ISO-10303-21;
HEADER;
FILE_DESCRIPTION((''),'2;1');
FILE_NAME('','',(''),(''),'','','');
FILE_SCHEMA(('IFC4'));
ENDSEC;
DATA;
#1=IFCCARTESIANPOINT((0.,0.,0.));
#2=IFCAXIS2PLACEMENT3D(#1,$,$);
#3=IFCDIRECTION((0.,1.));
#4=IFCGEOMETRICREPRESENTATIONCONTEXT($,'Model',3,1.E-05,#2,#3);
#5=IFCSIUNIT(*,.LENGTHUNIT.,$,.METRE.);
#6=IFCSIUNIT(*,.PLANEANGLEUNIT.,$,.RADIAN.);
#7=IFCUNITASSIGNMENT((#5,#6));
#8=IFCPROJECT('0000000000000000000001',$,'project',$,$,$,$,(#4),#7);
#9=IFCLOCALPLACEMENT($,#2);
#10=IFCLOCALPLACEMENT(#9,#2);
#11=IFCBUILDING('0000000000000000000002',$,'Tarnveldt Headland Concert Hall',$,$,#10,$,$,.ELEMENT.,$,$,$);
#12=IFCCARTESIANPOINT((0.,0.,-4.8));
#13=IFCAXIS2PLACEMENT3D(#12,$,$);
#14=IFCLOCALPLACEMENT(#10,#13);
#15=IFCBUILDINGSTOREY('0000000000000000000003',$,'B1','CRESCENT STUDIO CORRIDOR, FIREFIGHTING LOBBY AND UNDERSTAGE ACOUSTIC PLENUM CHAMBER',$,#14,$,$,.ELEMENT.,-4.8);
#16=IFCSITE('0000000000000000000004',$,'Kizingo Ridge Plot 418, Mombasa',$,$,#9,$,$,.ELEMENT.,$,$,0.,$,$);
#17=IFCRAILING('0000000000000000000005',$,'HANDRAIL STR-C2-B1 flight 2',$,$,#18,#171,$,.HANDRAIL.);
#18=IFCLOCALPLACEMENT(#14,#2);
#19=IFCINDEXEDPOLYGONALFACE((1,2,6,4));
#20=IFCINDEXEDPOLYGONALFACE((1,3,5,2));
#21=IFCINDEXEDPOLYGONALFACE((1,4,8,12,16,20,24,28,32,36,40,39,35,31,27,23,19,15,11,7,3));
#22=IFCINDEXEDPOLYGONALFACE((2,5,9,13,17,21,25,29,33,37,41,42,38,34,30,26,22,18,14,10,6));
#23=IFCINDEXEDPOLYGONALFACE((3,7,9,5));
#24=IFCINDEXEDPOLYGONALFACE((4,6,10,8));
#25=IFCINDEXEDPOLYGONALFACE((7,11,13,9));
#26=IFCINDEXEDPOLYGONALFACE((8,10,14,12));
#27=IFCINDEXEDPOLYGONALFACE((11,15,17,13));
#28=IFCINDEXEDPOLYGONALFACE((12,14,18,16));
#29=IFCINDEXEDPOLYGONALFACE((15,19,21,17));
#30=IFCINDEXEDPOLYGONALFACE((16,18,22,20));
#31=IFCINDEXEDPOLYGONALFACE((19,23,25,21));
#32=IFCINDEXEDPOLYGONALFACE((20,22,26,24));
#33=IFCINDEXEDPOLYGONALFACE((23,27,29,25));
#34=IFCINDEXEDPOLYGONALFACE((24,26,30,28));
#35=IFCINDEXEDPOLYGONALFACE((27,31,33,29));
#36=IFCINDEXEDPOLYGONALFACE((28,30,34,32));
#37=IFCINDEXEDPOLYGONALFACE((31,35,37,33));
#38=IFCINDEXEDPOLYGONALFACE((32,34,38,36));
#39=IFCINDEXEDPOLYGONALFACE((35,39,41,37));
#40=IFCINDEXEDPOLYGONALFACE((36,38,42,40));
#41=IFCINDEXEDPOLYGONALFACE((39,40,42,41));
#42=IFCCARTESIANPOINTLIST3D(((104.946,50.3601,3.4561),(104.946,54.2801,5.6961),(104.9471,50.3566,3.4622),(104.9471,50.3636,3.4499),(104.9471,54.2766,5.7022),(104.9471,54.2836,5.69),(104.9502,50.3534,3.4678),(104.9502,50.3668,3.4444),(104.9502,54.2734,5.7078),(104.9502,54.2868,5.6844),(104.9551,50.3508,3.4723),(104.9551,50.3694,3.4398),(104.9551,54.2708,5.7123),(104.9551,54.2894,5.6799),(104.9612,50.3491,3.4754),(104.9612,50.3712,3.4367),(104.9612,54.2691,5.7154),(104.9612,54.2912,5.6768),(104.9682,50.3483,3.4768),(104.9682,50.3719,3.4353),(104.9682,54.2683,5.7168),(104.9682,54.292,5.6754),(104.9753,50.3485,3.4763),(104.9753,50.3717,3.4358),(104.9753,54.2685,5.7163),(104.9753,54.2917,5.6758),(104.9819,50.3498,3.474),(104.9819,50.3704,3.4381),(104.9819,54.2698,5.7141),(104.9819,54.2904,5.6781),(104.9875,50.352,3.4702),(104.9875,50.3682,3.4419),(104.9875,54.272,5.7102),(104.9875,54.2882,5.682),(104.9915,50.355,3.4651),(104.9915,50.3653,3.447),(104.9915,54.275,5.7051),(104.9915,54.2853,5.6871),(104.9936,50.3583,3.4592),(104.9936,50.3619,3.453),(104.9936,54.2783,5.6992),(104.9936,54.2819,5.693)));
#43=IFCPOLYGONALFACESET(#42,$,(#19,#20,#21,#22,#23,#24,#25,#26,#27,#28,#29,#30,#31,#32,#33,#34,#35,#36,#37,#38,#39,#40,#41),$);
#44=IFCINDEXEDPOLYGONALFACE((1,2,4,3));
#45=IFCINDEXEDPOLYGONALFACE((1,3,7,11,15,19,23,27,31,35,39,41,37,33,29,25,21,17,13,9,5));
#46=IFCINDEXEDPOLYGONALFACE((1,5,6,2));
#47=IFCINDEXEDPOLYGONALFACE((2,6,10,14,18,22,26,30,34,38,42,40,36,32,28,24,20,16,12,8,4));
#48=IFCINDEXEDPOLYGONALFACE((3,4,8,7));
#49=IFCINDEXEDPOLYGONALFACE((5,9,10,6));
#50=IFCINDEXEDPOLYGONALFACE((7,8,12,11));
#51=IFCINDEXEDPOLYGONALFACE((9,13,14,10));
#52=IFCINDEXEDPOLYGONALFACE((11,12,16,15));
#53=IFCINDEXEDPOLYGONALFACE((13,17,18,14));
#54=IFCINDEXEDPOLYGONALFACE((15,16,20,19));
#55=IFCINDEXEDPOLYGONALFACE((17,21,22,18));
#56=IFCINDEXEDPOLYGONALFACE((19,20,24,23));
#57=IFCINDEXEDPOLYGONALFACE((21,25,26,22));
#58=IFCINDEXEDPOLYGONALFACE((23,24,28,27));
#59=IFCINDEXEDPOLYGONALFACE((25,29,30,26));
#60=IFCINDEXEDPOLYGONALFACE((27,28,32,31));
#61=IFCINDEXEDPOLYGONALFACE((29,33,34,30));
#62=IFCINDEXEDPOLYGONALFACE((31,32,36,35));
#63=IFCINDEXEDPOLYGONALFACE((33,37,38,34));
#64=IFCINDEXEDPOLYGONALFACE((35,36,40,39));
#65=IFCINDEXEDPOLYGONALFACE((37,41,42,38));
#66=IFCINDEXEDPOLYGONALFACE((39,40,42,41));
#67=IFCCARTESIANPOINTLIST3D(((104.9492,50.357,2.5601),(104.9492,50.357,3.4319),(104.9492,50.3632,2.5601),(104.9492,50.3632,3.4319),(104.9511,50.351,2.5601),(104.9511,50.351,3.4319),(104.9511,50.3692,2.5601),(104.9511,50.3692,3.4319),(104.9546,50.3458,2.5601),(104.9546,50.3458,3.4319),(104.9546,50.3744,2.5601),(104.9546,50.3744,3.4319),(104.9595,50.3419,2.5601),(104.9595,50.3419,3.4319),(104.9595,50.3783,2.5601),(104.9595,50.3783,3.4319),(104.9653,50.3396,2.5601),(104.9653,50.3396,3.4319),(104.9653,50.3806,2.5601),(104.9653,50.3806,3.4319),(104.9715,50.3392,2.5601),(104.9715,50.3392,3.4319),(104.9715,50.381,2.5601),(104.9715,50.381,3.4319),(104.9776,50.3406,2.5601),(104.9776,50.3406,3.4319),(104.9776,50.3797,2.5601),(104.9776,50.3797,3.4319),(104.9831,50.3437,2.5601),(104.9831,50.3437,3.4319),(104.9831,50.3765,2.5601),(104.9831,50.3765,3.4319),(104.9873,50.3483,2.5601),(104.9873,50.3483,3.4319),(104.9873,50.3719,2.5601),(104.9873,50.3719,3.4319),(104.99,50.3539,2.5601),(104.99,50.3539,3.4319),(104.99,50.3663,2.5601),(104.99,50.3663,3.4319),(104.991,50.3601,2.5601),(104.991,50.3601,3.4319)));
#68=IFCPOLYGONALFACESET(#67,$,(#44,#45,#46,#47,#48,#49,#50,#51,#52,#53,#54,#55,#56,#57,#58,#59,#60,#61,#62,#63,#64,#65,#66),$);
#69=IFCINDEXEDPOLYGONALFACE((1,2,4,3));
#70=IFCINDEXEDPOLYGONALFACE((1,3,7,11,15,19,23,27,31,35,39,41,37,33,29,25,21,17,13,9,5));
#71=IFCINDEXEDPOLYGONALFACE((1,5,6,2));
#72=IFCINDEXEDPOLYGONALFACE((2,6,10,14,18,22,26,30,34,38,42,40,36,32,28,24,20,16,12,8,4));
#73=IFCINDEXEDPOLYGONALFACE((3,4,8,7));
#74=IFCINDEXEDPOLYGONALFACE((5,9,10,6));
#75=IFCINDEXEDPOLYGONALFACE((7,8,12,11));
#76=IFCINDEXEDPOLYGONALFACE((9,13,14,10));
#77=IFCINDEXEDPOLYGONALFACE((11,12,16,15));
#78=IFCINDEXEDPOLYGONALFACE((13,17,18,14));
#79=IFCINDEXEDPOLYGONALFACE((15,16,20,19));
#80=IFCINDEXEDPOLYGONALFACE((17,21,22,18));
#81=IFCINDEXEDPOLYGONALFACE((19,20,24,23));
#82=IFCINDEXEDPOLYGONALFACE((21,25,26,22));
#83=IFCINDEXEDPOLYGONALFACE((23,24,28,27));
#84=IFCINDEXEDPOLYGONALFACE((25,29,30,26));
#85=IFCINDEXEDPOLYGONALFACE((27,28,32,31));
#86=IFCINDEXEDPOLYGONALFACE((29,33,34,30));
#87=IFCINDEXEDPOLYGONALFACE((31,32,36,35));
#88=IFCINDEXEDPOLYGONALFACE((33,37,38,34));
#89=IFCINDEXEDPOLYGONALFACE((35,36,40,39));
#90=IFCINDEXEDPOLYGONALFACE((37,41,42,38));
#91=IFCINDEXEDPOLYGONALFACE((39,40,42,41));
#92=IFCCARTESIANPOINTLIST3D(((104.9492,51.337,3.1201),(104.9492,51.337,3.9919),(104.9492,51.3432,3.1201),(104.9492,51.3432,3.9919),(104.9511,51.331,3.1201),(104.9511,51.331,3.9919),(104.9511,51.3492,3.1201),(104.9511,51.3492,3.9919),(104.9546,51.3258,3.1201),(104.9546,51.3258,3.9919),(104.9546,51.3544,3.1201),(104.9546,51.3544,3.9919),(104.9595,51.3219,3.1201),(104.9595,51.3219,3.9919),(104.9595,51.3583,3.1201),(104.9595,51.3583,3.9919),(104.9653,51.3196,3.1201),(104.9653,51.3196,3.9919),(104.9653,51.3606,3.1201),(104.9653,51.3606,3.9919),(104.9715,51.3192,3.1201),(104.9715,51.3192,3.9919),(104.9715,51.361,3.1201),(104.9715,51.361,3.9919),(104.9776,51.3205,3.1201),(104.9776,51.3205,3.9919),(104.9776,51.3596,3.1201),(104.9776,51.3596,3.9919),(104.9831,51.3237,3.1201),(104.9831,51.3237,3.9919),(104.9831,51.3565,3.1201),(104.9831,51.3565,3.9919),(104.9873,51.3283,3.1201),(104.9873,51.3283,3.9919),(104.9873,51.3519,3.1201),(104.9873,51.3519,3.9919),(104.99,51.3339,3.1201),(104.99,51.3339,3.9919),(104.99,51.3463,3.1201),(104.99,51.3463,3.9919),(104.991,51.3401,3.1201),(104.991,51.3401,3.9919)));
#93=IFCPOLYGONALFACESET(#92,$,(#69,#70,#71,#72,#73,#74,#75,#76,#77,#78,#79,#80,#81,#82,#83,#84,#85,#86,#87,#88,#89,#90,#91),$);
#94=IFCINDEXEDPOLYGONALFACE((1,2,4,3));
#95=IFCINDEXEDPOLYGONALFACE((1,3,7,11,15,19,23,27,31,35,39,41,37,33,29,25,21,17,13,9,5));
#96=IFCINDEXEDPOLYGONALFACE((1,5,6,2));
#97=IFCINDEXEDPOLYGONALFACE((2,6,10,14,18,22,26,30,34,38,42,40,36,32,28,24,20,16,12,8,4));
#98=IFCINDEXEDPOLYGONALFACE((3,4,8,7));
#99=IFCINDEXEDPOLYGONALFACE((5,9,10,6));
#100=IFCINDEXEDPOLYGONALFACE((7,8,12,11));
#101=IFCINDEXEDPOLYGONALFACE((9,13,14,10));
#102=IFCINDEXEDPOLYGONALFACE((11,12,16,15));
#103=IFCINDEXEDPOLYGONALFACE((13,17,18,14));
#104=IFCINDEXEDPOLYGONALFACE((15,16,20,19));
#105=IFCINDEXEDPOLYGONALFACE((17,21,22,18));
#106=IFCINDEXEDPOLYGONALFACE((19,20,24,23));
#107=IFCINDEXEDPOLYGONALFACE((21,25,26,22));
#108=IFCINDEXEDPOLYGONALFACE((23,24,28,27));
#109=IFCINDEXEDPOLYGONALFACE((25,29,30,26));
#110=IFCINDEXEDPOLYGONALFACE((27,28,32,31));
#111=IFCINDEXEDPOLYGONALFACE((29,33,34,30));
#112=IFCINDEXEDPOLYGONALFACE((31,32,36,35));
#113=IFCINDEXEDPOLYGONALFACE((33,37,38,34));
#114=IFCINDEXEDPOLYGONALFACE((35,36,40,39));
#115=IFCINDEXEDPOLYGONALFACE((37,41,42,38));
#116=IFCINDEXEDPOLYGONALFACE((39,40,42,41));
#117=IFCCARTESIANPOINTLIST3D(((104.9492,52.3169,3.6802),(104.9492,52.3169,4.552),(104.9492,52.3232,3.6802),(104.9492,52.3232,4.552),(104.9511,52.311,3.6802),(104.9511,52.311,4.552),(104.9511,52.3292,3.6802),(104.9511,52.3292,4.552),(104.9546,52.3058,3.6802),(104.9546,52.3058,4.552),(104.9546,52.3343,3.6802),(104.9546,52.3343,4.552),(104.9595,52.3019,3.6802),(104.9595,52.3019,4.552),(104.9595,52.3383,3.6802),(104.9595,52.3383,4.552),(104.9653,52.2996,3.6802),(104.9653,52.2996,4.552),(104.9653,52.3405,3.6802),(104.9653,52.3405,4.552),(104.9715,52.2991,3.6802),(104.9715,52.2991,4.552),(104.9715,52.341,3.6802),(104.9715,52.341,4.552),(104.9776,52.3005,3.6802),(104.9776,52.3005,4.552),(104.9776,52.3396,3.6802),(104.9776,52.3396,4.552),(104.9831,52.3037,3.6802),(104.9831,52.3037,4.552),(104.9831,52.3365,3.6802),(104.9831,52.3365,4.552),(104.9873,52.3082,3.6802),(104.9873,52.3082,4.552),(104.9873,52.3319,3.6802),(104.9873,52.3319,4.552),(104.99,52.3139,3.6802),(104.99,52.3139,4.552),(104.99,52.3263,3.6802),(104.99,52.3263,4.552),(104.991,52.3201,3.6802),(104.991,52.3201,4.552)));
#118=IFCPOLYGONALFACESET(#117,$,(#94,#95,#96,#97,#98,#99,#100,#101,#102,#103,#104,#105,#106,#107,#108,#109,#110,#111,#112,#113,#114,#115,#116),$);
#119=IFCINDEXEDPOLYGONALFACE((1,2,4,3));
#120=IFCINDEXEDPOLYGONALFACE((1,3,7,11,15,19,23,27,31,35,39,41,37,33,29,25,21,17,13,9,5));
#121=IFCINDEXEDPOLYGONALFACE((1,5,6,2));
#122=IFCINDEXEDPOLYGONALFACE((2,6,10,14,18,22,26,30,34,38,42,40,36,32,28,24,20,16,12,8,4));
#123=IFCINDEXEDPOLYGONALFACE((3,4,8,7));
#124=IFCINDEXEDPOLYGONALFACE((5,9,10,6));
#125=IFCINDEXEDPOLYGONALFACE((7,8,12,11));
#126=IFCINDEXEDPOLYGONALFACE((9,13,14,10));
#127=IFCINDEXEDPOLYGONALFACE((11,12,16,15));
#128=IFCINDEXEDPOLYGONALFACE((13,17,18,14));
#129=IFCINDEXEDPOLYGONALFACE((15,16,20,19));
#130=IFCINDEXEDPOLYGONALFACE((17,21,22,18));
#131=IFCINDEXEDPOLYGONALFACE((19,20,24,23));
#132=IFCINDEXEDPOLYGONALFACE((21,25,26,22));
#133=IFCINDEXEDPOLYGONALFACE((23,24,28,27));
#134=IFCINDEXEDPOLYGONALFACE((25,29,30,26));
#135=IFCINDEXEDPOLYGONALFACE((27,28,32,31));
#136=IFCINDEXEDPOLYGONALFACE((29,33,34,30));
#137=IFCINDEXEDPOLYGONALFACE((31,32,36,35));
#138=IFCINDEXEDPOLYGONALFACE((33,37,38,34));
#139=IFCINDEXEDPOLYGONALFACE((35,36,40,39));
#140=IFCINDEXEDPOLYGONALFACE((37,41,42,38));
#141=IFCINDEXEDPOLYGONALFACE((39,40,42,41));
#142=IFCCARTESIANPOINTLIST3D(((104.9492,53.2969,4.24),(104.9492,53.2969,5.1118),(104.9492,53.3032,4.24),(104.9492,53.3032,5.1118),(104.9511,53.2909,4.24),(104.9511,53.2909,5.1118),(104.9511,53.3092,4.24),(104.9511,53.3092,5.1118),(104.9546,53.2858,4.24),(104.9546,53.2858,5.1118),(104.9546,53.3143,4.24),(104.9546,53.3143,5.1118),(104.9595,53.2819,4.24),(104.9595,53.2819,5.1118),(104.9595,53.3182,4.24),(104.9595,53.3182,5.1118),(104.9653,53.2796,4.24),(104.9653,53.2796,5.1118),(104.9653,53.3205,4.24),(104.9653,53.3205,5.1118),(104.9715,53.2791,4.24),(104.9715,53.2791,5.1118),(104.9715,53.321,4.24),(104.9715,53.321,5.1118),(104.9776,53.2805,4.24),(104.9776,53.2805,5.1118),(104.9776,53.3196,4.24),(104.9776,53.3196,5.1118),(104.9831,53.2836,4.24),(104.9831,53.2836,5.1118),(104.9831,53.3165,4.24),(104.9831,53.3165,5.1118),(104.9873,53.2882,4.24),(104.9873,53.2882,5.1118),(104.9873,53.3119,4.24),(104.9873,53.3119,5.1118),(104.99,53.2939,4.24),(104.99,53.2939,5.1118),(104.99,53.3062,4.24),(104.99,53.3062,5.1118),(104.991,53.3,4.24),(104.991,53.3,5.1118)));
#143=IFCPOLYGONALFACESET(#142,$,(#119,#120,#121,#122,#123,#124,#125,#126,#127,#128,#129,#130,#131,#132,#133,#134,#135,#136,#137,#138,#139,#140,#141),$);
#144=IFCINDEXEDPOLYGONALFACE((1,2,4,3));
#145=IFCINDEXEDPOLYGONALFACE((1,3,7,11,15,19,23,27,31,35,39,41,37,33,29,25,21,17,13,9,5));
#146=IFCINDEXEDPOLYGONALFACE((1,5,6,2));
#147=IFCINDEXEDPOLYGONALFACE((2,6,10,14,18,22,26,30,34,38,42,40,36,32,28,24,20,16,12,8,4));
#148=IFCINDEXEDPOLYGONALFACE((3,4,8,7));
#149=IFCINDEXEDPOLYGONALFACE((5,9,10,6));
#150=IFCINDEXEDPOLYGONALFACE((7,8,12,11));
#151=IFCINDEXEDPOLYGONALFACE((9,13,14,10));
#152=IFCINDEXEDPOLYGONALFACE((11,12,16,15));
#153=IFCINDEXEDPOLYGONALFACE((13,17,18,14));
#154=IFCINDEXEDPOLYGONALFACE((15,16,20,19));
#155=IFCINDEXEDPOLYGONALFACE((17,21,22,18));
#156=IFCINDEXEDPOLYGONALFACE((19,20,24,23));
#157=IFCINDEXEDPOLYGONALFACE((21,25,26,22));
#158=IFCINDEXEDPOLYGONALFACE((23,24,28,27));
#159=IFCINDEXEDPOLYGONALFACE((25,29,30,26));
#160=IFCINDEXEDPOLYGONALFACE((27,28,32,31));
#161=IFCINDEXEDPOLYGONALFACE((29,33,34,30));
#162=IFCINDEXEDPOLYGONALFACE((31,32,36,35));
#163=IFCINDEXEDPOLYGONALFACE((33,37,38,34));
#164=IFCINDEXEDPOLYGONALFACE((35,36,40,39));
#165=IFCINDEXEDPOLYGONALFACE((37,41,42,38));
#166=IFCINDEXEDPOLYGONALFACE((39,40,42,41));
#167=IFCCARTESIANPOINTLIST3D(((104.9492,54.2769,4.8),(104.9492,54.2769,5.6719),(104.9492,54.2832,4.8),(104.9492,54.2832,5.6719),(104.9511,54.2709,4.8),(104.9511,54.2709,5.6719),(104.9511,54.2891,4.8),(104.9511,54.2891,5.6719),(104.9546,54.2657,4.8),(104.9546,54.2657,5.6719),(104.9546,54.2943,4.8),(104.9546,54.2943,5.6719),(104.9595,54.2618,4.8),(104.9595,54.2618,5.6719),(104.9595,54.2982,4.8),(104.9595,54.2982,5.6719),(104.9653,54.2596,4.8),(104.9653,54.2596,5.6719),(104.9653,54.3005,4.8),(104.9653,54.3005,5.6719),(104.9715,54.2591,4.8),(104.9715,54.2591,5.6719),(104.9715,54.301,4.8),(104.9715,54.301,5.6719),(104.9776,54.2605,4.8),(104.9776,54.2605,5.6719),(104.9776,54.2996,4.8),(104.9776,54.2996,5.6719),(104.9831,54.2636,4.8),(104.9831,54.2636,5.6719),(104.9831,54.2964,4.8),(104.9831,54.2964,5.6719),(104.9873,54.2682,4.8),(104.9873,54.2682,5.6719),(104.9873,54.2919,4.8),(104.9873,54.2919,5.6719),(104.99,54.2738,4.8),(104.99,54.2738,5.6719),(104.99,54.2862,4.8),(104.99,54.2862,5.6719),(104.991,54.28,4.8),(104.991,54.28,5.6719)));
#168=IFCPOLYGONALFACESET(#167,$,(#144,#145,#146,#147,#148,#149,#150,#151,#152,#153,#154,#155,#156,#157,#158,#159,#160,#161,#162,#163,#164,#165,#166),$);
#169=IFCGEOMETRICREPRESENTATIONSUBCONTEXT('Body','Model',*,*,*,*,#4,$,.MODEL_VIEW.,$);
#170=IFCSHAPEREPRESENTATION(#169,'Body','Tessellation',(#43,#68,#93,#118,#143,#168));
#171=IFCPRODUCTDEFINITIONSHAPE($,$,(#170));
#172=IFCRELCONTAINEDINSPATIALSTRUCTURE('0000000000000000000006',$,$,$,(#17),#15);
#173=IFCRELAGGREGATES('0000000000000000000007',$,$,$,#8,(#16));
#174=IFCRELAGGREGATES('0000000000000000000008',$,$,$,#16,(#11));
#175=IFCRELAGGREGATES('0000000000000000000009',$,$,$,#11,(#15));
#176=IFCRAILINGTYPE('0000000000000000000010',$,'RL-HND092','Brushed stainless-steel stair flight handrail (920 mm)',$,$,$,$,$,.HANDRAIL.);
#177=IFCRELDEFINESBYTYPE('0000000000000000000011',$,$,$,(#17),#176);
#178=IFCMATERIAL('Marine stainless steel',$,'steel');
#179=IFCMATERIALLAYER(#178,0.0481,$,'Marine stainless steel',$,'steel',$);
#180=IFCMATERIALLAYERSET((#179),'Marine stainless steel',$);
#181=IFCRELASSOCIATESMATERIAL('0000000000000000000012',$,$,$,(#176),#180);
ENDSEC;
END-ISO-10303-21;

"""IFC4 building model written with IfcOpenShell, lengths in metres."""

from ifc_helpers import new_model, si_unit, direction, frame, origin, origin_2d, place, context, subcontext, project, spatial, circle, extrude, material, layer, layer_set, type_object, element, save


model = new_model("IFC4")

# Units and contexts
model_context = context("Model", 3, precision=1e-05, world=origin(), true_north=direction((0.0, 1.0)))
body_context = subcontext(model_context, "Body", "Model", "MODEL_VIEW")
ifc_project = project(units=[si_unit("LENGTHUNIT", "METRE"), si_unit("PLANEANGLEUNIT", "RADIAN")], contexts=[model_context])

# Site, building, storey
site_placement = place(None, origin())
site = spatial("IfcSite", under=ifc_project, at=site_placement, Name="Kizingo Ridge Plot 418, Mombasa", CompositionType="ELEMENT", RefElevation=0.0)
building_placement = place(site_placement, origin())
building = spatial("IfcBuilding", under=site, at=building_placement, Name="Tarnveldt Headland Concert Hall", CompositionType="ELEMENT")
storey_placement = place(building_placement, frame((0.0, 0.0, -4.8)))
storey = spatial("IfcBuildingStorey", under=building, at=storey_placement, Name="B1", Description="CRESCENT STUDIO CORRIDOR, FIREFIGHTING LOBBY AND UNDERSTAGE ACOUSTIC PLENUM CHAMBER", CompositionType="ELEMENT", Elevation=-4.8)

# Railing
ifc_material_1 = material(Name="Marine stainless steel", Category="steel")
ifc_layer_1 = layer(ifc_material_1, 0.0481, Name="Marine stainless steel", Category="steel")
ifc_layer_set_1 = layer_set([ifc_layer_1], Name="Marine stainless steel")
railing_type_1 = type_object("IfcRailingType", Name="RL-HND092", Description="Brushed stainless-steel stair flight handrail (920 mm)", PredefinedType="HANDRAIL", material=ifc_layer_set_1)
railing_1_placement = place(storey_placement, frame((104.97, 50.3601, 2.5601)))
element("IfcRailing", 1, at=railing_1_placement, inside=storey, type_object=railing_type_1, Name="HANDRAIL STR-C2-B1 flight 2", PredefinedType="HANDRAIL", context=body_context, shape_type="SweptSolid", body=[
    extrude(circle(Radius=0.0239, at=origin_2d()), frame((0.0, 0.0, 0.896), z_axis=(0.0, 0.86824, 0.496145), x_axis=(-1.0, 0.0, 0.0)), (0.0, 0.0, 1.0), 4.5149),
    extrude(circle(Radius=0.021, at=origin_2d()), origin(), (0.0, 0.0, 1.0), 0.8718),
    extrude(circle(Radius=0.021, at=origin_2d()), frame((0.0, 0.98, 0.5601)), (0.0, 0.0, 1.0), 0.8718),
    extrude(circle(Radius=0.021, at=origin_2d()), frame((0.0, 1.96, 1.1201)), (0.0, 0.0, 1.0), 0.8718),
    extrude(circle(Radius=0.021, at=origin_2d()), frame((0.0, 2.9399, 1.6799)), (0.0, 0.0, 1.0), 0.8718),
    extrude(circle(Radius=0.021, at=origin_2d()), frame((0.0, 3.9199, 2.24)), (0.0, 0.0, 1.0), 0.8718),
])

save(model, "model.ifc")
